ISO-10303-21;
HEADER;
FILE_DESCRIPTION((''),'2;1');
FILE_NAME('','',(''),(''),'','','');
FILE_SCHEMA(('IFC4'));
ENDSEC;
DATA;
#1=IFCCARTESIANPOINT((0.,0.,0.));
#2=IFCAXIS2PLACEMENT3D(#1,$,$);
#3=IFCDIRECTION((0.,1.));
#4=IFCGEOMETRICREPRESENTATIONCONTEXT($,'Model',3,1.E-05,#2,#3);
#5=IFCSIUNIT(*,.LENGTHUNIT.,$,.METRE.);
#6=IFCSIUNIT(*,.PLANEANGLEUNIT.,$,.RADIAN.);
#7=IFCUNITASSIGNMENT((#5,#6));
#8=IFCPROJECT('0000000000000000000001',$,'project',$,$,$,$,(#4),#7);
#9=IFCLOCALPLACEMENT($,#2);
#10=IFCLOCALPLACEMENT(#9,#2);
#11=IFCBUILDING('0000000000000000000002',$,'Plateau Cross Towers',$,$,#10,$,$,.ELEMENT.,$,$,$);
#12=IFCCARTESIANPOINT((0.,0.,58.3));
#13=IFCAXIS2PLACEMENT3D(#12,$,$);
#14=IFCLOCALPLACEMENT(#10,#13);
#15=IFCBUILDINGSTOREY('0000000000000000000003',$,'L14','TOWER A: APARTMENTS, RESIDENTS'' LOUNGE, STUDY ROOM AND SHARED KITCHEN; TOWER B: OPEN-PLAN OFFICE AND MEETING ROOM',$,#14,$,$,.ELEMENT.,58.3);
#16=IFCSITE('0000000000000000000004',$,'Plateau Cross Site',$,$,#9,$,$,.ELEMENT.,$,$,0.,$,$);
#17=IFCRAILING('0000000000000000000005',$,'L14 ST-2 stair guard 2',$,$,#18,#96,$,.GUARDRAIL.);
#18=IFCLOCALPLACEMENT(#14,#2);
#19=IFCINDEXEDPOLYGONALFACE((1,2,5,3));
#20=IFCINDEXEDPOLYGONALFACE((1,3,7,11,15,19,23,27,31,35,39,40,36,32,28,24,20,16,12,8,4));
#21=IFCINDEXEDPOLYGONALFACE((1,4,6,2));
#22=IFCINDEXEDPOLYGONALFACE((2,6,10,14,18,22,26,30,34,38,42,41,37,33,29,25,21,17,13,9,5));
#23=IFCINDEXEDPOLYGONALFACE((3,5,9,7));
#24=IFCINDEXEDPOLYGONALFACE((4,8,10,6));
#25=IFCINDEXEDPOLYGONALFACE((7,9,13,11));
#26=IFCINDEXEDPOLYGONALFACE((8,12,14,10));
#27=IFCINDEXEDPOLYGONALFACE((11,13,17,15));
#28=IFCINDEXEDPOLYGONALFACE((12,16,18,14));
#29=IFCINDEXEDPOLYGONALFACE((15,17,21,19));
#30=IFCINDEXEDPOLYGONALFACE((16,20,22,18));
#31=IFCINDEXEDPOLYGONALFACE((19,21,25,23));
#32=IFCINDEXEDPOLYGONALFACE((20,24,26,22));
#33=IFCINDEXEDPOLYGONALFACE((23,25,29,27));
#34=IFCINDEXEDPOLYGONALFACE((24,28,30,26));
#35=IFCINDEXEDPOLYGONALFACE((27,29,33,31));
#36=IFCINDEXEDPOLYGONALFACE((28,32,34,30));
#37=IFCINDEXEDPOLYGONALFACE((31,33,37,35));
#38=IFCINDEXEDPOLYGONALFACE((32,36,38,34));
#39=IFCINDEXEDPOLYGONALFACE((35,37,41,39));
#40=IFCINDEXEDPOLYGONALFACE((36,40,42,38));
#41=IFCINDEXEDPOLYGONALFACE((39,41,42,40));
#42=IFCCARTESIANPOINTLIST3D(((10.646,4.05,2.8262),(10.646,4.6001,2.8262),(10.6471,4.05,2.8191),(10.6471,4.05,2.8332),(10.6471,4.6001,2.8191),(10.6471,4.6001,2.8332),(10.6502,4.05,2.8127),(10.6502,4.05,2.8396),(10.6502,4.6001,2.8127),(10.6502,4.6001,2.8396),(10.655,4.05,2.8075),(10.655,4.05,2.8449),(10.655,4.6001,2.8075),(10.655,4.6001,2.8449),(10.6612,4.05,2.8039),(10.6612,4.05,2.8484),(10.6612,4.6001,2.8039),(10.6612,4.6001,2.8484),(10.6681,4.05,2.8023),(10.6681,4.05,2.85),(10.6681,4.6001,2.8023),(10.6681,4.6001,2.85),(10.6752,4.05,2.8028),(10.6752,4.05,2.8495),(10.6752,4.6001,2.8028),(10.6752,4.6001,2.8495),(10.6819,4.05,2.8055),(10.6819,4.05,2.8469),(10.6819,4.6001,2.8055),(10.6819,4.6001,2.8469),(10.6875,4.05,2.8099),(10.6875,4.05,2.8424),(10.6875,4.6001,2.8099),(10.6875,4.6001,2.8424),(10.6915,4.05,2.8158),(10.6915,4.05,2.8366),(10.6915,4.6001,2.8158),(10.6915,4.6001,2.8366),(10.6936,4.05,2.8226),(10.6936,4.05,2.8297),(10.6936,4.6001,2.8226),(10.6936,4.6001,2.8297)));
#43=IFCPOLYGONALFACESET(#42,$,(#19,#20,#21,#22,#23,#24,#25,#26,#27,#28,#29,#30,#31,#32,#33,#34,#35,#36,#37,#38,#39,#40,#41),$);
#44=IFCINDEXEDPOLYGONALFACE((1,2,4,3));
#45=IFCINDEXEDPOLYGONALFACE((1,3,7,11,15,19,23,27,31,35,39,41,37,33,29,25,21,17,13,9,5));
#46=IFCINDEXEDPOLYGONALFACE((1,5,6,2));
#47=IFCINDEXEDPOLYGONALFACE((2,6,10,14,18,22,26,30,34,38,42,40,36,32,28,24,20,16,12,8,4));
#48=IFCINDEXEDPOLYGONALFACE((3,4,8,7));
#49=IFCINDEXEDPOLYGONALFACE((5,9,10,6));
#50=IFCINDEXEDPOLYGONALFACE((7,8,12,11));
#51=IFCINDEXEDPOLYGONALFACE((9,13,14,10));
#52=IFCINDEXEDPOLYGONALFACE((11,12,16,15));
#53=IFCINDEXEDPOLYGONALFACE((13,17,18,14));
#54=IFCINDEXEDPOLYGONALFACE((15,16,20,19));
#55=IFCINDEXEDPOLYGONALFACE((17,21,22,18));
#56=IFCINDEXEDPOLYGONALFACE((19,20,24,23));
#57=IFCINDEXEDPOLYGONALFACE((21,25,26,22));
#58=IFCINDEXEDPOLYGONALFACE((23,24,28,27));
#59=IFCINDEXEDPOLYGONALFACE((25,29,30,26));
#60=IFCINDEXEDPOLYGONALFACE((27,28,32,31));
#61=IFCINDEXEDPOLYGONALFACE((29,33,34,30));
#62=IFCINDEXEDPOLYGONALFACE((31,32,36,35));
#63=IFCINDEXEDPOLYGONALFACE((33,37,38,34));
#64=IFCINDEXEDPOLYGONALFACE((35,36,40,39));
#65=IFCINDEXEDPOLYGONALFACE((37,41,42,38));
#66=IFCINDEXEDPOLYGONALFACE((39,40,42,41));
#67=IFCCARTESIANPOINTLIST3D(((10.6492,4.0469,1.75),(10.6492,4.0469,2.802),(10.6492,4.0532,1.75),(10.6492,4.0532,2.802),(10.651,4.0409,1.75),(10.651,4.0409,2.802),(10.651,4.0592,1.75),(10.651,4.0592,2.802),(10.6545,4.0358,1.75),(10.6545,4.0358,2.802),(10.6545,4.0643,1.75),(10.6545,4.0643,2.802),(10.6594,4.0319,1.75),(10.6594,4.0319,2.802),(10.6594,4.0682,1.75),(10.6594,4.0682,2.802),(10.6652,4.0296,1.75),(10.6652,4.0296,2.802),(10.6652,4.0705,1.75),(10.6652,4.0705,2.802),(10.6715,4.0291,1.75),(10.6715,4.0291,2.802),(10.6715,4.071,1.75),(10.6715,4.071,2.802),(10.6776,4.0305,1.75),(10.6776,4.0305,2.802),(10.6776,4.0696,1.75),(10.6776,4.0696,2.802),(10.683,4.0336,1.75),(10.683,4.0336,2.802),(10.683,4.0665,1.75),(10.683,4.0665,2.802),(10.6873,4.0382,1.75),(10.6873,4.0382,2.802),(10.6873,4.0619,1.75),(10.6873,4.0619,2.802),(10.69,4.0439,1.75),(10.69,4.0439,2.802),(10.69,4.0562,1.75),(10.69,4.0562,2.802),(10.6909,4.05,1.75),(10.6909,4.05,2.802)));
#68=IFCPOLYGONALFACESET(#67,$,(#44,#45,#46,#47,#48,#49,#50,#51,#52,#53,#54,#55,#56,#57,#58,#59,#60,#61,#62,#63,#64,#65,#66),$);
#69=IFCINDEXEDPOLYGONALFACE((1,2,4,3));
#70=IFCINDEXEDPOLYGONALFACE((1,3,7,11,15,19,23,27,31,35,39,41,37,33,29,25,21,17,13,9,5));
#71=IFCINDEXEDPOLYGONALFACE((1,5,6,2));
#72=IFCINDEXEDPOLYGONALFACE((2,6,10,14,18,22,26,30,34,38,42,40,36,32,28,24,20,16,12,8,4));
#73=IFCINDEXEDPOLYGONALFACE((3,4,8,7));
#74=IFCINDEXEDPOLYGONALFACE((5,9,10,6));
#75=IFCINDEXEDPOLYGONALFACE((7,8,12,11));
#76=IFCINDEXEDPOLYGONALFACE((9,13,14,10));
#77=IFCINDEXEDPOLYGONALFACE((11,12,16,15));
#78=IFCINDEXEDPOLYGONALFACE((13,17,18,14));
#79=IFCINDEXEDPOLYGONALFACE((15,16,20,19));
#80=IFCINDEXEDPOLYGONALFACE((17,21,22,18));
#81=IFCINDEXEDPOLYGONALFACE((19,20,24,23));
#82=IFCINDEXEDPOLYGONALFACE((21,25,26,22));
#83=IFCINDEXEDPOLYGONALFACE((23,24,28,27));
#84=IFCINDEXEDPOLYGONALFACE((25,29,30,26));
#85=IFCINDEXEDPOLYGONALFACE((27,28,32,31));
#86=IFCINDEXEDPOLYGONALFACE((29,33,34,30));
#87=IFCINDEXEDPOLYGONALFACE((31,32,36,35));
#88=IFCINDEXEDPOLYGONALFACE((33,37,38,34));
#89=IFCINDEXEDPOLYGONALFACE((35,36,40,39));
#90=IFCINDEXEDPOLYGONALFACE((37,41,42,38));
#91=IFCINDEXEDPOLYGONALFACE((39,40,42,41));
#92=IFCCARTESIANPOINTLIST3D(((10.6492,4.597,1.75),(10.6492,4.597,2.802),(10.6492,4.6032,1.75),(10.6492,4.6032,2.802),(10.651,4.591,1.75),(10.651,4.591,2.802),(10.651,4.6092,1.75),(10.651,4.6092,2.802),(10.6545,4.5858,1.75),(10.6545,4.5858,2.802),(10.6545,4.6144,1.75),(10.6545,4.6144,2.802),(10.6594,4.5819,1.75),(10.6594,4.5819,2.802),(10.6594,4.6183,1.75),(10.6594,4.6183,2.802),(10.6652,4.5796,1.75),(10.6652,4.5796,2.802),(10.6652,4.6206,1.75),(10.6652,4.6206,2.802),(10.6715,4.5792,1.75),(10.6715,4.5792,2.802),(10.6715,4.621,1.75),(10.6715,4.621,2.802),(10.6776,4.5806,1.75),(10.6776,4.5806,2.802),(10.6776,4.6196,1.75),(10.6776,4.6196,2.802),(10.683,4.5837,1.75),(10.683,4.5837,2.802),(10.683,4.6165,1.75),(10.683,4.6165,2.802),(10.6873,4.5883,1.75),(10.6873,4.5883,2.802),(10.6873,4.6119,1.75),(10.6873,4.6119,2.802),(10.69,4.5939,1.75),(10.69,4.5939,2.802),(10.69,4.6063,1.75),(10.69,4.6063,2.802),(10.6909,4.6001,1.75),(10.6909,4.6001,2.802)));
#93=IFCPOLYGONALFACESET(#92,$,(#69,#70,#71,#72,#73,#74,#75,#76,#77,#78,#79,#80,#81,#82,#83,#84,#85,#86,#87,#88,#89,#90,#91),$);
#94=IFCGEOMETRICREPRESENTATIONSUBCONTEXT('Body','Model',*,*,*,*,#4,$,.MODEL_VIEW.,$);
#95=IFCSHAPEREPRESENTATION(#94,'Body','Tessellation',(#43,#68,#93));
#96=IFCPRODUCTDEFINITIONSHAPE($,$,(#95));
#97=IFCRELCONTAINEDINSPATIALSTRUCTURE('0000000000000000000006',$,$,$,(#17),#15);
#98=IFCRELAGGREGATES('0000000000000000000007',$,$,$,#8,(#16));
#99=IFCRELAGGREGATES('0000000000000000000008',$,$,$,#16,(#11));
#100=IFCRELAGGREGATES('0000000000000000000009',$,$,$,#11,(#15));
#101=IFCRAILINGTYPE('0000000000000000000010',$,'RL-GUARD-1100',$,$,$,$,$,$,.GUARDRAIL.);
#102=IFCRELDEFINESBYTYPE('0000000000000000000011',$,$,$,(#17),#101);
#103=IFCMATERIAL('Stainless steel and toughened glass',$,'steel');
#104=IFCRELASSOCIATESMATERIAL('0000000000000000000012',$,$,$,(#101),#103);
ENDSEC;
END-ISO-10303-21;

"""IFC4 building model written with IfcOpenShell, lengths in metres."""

from ifc_helpers import new_model, si_unit, direction, frame, origin, origin_2d, place, context, subcontext, project, spatial, circle, extrude, material, type_object, element, save


model = new_model("IFC4")

# Units and contexts
model_context = context("Model", 3, precision=1e-05, world=origin(), true_north=direction((0.0, 1.0)))
body_context = subcontext(model_context, "Body", "Model", "MODEL_VIEW")
ifc_project = project(units=[si_unit("LENGTHUNIT", "METRE"), si_unit("PLANEANGLEUNIT", "RADIAN")], contexts=[model_context])

# Site, building, storey
site_placement = place(None, origin())
site = spatial("IfcSite", under=ifc_project, at=site_placement, Name="Plateau Cross Site", CompositionType="ELEMENT", RefElevation=0.0)
building_placement = place(site_placement, origin())
building = spatial("IfcBuilding", under=site, at=building_placement, Name="Plateau Cross Towers", CompositionType="ELEMENT")
storey_placement = place(building_placement, frame((0.0, 0.0, 58.3)))
storey = spatial("IfcBuildingStorey", under=building, at=storey_placement, Name="L14", Description="TOWER A: APARTMENTS, RESIDENTS' LOUNGE, STUDY ROOM AND SHARED KITCHEN; TOWER B: OPEN-PLAN OFFICE AND MEETING ROOM", CompositionType="ELEMENT", Elevation=58.3)

# Railing
ifc_material_1 = material(Name="Stainless steel and toughened glass", Category="steel")
railing_type_1 = type_object("IfcRailingType", Name="RL-GUARD-1100", PredefinedType="GUARDRAIL", material=ifc_material_1)
railing_1_placement = place(storey_placement, frame((10.6699, 4.05, 1.75)))
element("IfcRailing", 1, at=railing_1_placement, inside=storey, type_object=railing_type_1, Name="L14 ST-2 stair guard 2", PredefinedType="GUARDRAIL", context=body_context, shape_type="SweptSolid", body=[
    extrude(circle(Radius=0.0239, at=origin_2d()), frame((0.0, 0.0, 1.0762), z_axis=(0.0, 1.0, 0.0), x_axis=(-1.0, 0.0, 0.0)), (0.0, 0.0, 1.0), 0.55),
    extrude(circle(Radius=0.021, at=origin_2d()), origin(), (0.0, 0.0, 1.0), 1.052),
    extrude(circle(Radius=0.021, at=origin_2d()), frame((0.0, 0.55, 0.0)), (0.0, 0.0, 1.0), 1.052),
])

save(model, "model.ifc")
